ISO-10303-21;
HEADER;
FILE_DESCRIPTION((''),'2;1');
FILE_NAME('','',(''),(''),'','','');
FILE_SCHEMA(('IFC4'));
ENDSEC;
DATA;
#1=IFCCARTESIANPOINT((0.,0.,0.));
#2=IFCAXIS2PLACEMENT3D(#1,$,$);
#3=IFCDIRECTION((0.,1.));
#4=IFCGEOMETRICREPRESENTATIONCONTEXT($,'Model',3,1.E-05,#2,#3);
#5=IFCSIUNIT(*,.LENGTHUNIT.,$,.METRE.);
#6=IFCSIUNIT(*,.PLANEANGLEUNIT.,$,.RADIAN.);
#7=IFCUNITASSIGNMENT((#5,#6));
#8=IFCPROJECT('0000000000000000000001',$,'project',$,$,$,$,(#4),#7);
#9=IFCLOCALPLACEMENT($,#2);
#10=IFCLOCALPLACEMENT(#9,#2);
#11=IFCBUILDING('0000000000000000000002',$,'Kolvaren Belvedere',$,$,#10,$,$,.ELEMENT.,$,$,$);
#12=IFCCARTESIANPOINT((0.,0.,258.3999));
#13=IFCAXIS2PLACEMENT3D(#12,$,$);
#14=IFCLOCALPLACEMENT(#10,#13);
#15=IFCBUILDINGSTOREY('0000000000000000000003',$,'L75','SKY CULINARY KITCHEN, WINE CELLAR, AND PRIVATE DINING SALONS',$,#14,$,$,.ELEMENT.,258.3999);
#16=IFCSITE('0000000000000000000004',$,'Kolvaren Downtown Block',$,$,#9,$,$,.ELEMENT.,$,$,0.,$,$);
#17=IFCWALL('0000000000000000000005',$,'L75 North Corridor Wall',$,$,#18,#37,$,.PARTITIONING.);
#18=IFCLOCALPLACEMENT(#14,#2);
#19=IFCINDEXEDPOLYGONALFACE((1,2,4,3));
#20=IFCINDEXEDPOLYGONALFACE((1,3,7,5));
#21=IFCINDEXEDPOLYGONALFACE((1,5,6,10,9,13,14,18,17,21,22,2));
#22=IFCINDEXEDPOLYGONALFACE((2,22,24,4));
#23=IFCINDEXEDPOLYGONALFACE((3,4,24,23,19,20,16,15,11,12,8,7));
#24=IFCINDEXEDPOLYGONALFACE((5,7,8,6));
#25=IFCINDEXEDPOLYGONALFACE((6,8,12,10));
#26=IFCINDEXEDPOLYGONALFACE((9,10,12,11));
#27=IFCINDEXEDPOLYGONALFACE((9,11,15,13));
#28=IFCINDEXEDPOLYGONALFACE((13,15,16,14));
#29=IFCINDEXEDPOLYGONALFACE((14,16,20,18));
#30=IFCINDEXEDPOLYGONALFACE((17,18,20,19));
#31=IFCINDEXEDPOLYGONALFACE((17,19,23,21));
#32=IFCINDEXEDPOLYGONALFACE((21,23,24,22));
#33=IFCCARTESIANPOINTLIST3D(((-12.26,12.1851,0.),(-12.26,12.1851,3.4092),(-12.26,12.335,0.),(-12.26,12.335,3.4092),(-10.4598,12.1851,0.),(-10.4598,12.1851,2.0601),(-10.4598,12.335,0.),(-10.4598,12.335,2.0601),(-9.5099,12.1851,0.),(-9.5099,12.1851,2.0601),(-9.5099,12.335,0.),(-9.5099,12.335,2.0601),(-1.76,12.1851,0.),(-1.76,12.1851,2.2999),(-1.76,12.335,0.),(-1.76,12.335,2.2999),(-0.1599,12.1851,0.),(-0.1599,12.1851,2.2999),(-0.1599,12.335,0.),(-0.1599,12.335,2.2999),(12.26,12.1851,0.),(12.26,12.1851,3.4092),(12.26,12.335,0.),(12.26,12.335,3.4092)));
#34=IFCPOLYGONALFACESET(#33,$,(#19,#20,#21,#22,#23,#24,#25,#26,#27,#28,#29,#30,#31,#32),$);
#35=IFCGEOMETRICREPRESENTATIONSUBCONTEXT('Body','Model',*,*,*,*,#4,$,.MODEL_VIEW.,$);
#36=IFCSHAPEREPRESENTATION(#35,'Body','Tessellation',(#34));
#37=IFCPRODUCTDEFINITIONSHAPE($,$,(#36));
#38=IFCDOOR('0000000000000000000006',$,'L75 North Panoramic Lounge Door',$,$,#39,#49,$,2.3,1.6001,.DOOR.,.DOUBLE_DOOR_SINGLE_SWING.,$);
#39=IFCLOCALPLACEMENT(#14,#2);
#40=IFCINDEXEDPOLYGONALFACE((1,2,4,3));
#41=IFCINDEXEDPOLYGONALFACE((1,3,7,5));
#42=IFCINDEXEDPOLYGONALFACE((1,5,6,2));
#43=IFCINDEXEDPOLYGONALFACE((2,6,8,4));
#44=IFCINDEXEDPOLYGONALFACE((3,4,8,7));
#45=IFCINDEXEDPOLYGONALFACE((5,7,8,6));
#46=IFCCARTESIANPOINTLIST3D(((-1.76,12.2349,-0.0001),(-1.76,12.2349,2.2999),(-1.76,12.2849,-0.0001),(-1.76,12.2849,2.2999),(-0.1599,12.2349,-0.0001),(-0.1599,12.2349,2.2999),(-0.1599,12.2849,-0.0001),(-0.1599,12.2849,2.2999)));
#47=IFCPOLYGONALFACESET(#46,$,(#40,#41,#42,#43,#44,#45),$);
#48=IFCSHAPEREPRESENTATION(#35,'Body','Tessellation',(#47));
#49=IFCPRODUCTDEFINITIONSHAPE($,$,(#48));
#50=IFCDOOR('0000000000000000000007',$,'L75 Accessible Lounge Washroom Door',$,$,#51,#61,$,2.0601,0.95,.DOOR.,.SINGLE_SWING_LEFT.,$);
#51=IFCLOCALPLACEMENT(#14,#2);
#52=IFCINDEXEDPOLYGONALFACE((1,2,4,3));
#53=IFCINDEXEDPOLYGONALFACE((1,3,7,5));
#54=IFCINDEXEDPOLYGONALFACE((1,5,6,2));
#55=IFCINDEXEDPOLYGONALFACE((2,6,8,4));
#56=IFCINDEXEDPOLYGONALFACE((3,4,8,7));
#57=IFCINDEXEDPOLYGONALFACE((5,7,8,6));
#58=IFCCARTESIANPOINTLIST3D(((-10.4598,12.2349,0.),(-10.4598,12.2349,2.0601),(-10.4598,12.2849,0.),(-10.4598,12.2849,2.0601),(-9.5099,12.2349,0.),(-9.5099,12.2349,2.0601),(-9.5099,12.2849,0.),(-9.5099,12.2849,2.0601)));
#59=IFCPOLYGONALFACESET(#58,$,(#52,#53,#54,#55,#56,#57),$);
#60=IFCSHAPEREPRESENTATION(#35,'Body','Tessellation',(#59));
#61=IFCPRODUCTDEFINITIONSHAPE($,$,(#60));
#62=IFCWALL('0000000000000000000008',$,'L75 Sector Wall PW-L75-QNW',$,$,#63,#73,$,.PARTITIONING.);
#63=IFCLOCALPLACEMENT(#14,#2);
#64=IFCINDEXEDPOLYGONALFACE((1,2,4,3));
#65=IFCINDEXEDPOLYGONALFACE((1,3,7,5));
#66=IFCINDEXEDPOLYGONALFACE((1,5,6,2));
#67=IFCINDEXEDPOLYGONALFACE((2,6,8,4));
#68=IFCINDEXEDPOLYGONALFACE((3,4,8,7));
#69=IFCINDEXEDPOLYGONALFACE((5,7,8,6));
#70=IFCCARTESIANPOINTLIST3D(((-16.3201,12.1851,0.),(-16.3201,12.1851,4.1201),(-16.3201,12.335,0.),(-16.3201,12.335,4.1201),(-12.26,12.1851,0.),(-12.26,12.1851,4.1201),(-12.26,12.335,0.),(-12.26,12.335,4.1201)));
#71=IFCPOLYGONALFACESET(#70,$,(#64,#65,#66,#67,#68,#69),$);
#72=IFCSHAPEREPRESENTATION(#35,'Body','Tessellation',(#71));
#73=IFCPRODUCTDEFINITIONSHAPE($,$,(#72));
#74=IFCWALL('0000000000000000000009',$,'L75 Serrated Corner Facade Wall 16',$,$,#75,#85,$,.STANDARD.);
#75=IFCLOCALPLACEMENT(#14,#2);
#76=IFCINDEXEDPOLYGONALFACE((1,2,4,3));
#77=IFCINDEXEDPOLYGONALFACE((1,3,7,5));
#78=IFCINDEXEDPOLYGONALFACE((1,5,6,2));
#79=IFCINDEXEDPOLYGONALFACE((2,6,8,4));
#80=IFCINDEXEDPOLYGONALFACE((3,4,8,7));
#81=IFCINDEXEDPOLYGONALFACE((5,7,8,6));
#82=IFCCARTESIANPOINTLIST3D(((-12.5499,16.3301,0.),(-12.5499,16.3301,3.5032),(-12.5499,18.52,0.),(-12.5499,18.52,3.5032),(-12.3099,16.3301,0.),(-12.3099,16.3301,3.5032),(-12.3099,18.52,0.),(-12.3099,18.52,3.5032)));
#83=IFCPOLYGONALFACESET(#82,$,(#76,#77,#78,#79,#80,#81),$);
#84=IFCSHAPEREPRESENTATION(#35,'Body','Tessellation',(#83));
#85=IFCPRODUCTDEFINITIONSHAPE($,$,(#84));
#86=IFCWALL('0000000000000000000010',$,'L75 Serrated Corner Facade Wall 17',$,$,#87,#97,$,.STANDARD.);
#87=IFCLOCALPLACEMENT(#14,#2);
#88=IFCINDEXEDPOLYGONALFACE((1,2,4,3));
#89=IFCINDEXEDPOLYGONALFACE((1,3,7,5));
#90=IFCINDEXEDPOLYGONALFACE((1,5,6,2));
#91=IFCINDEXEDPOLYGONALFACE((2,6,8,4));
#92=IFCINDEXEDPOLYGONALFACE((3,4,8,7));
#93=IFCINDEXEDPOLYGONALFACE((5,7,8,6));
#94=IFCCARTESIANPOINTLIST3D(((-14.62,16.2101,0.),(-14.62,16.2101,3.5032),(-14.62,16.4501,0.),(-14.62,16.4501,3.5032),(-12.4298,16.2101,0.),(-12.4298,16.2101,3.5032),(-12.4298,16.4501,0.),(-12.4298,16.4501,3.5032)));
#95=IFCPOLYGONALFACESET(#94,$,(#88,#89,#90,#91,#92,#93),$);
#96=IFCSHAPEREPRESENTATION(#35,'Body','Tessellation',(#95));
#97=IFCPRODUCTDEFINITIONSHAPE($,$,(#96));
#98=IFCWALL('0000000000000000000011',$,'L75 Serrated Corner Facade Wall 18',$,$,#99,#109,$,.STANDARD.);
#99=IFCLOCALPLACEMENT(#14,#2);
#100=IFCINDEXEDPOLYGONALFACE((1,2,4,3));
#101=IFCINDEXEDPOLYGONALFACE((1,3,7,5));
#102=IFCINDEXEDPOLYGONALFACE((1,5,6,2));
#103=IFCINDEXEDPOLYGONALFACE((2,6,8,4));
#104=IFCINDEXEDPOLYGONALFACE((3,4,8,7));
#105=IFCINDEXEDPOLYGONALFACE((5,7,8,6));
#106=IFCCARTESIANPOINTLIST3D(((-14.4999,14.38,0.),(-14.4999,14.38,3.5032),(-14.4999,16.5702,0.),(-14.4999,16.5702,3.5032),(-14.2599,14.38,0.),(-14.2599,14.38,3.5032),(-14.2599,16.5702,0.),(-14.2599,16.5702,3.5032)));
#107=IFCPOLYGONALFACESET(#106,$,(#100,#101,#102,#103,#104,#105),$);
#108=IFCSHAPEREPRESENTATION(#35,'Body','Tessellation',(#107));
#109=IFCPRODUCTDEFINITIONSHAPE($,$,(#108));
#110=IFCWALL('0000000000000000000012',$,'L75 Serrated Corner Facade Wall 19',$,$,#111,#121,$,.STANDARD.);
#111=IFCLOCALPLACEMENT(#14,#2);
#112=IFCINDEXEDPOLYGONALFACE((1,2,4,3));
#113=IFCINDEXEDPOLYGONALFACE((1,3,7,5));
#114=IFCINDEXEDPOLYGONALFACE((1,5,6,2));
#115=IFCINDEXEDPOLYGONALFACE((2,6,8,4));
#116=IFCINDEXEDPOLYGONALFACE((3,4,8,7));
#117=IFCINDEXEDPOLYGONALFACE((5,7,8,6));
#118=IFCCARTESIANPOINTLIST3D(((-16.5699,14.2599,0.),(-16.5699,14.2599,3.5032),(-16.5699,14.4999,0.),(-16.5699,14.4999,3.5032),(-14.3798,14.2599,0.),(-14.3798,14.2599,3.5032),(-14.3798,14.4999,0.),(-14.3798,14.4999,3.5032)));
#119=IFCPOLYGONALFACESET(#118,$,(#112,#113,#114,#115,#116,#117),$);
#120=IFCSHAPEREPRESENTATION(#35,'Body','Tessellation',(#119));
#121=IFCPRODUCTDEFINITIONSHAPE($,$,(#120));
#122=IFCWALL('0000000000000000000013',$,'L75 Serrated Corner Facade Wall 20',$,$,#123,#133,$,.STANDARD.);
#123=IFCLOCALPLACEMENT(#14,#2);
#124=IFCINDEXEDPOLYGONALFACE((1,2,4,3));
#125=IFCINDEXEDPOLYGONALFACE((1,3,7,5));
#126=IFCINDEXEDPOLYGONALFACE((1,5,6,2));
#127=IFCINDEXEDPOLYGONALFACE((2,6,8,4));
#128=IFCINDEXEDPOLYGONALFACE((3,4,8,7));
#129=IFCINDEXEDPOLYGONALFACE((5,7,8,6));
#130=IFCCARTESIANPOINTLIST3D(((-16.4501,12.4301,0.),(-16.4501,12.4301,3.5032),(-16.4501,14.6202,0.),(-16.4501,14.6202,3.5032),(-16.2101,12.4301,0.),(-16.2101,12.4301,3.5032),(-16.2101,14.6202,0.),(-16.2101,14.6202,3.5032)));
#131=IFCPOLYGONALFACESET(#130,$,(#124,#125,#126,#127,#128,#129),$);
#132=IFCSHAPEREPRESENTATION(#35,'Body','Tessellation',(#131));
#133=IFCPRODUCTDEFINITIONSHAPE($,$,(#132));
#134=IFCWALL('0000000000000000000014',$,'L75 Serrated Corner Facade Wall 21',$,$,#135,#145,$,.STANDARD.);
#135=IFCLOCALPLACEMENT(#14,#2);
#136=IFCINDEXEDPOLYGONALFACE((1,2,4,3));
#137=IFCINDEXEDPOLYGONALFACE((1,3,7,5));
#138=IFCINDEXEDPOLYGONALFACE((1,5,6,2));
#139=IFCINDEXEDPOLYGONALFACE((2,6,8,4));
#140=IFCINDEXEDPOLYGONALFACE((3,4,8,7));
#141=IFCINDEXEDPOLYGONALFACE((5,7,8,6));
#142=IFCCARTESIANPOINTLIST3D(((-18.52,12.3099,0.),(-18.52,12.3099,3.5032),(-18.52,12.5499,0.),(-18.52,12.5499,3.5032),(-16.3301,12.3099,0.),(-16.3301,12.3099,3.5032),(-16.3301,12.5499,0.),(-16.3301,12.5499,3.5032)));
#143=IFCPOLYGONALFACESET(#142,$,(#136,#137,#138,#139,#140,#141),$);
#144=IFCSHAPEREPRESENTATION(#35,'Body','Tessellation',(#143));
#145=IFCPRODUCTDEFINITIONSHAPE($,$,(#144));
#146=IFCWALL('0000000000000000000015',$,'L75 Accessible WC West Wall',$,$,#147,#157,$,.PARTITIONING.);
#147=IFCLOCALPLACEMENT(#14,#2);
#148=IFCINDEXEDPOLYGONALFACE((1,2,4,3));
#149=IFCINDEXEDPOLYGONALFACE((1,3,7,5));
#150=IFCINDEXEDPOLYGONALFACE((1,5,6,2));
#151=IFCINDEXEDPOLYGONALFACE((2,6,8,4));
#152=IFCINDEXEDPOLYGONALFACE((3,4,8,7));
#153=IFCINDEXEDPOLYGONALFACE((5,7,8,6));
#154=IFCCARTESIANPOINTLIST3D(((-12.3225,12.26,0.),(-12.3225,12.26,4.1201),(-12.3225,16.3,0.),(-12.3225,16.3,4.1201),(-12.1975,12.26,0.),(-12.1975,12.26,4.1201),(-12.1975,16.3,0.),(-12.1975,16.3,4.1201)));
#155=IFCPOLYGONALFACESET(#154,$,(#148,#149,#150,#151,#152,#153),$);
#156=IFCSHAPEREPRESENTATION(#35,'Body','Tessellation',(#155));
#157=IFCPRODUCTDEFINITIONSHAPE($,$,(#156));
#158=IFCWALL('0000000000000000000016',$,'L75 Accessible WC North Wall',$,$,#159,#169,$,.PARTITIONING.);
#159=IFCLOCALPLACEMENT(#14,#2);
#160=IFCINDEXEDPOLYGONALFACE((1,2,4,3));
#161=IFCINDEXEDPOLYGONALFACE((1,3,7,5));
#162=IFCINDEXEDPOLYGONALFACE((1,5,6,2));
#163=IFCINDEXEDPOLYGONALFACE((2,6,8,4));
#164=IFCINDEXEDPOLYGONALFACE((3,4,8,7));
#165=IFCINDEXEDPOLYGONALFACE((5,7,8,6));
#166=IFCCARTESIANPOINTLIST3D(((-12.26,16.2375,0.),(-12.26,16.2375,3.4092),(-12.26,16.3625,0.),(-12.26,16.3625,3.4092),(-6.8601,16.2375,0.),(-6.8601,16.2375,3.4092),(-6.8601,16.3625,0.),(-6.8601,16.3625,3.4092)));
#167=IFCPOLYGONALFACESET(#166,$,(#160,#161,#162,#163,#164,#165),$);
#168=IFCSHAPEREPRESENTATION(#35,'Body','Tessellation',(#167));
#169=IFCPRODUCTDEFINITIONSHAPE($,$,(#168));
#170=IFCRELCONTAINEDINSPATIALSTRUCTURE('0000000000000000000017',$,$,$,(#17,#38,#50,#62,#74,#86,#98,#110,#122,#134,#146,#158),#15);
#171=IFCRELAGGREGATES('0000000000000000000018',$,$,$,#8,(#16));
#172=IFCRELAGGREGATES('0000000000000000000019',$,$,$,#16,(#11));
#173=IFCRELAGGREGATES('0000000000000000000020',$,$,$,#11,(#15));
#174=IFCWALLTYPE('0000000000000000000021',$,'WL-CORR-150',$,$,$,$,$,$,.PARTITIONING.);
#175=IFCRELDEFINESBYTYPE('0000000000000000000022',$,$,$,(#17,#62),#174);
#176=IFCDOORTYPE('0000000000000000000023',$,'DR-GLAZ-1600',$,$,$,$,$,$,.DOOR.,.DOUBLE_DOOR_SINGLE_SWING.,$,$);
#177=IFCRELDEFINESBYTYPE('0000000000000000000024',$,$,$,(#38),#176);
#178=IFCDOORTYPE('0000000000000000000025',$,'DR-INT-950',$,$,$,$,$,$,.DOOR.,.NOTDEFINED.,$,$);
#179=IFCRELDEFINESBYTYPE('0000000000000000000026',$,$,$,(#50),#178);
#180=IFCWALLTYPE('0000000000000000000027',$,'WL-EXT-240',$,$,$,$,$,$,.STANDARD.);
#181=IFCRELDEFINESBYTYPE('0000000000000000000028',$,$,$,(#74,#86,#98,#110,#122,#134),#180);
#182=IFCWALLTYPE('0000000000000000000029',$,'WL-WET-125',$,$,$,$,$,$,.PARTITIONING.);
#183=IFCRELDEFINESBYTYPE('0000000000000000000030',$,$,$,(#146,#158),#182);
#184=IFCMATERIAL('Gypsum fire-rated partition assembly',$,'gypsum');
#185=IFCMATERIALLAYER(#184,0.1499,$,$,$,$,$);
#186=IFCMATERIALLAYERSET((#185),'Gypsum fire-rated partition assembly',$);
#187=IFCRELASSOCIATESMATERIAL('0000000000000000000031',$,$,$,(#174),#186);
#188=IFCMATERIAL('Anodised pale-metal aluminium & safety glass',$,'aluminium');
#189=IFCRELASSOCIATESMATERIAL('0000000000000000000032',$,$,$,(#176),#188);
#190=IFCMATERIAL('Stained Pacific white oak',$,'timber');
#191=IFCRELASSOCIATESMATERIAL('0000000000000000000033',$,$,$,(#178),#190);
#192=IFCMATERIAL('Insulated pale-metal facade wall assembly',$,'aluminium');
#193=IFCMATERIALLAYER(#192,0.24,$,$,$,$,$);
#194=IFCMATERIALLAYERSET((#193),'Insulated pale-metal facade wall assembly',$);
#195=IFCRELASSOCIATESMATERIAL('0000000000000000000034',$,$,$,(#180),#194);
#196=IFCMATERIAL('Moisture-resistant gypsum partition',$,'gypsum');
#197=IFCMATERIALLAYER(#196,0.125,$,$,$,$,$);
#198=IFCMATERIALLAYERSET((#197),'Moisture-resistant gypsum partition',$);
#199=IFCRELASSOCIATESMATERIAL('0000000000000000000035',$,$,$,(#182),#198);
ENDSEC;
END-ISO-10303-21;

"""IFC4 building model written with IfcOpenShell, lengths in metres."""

from ifc_helpers import new_model, si_unit, direction, frame, frame_2d, origin, place, context, subcontext, project, spatial, rectangle, extrude, material, layer, layer_set, type_object, element, fill, save


model = new_model("IFC4")

# Units and contexts
model_context = context("Model", 3, precision=1e-05, world=origin(), true_north=direction((0.0, 1.0)))
body_context = subcontext(model_context, "Body", "Model", "MODEL_VIEW")
ifc_project = project(units=[si_unit("LENGTHUNIT", "METRE"), si_unit("PLANEANGLEUNIT", "RADIAN")], contexts=[model_context])

# Site, building, storey
site_placement = place(None, origin())
site = spatial("IfcSite", under=ifc_project, at=site_placement, Name="Kolvaren Downtown Block", CompositionType="ELEMENT", RefElevation=0.0)
building_placement = place(site_placement, origin())
building = spatial("IfcBuilding", under=site, at=building_placement, Name="Kolvaren Belvedere", CompositionType="ELEMENT")
storey_placement = place(building_placement, frame((0.0, 0.0, 258.3999)))
storey = spatial("IfcBuildingStorey", under=building, at=storey_placement, Name="L75", Description="SKY CULINARY KITCHEN, WINE CELLAR, AND PRIVATE DINING SALONS", CompositionType="ELEMENT", Elevation=258.3999)

# Wall, openings, doors
ifc_material_1 = material(Name="Gypsum fire-rated partition assembly", Category="gypsum")
ifc_layer_1 = layer(ifc_material_1, 0.1499)
ifc_layer_set_1 = layer_set([ifc_layer_1], Name="Gypsum fire-rated partition assembly")
wall_type_1 = type_object("IfcWallType", Name="WL-CORR-150", PredefinedType="PARTITIONING", material=ifc_layer_set_1)
wall_1_placement = place(storey_placement, frame((-12.26, 12.26, 0.0), z_axis=(0.0, 0.0, 1.0), x_axis=(1.0, 0.0, 0.0)))
wall_1 = element("IfcWall", 1, at=wall_1_placement, inside=storey, type_object=wall_type_1, Name="L75 North Corridor Wall", PredefinedType="PARTITIONING", context=body_context, shape_type="SweptSolid", body=[
    extrude(rectangle(XDim=24.52, YDim=0.1499, at=frame_2d((12.26, 0.0))), origin(), (0.0, 0.0, 1.0), 3.4092),
])
opening_1_placement = place(wall_1_placement, frame((1.8, 0.0, 0.0)))
opening_1 = element("IfcOpeningElement", 2, at=opening_1_placement, cuts=wall_1, PredefinedType="OPENING", context=body_context, shape_type="SweptSolid", body=[
    extrude(rectangle(XDim=0.95, YDim=2.0601, at=frame_2d((0.4751, 1.03))), frame((0.0, 0.085, 0.0), z_axis=(0.0, -1.0, 0.0), x_axis=(1.0, 0.0, 0.0)), (0.0, 0.0, 1.0), 0.1699),
])
opening_2_placement = place(wall_1_placement, frame((10.5, 0.0, 0.0)))
opening_2 = element("IfcOpeningElement", 3, at=opening_2_placement, cuts=wall_1, PredefinedType="OPENING", context=body_context, shape_type="SweptSolid", body=[
    extrude(rectangle(XDim=1.6001, YDim=2.3, at=frame_2d((0.8, 1.1499))), frame((0.0, 0.085, 0.0), z_axis=(0.0, -1.0, 0.0), x_axis=(1.0, 0.0, 0.0)), (0.0, 0.0, 1.0), 0.1699),
])
ifc_material_2 = material(Name="Anodised pale-metal aluminium & safety glass", Category="aluminium")
door_type_1 = type_object("IfcDoorType", Name="DR-GLAZ-1600", OperationType="DOUBLE_DOOR_SINGLE_SWING", PredefinedType="DOOR", material=ifc_material_2)
door_1_placement = place(opening_2_placement, origin())
door_1 = element("IfcDoor", 4, at=door_1_placement, inside=storey, type_object=door_type_1, Name="L75 North Panoramic Lounge Door", OperationType="DOUBLE_DOOR_SINGLE_SWING", OverallHeight=2.3, OverallWidth=1.6001, PredefinedType="DOOR", context=body_context, shape_type="SweptSolid", body=[
    extrude(rectangle(XDim=1.6001, YDim=2.3, at=frame_2d((0.8, 1.1499))), frame((0.0, 0.0249, 0.0), z_axis=(0.0, -1.0, 0.0), x_axis=(1.0, 0.0, 0.0)), (0.0, 0.0, 1.0), 0.05),
])
fill(opening_2, door_1)
ifc_material_3 = material(Name="Stained Pacific white oak", Category="timber")
door_type_2 = type_object("IfcDoorType", Name="DR-INT-950", OperationType="NOTDEFINED", PredefinedType="DOOR", material=ifc_material_3)
door_2_placement = place(opening_1_placement, origin())
door_2 = element("IfcDoor", 5, at=door_2_placement, inside=storey, type_object=door_type_2, Name="L75 Accessible Lounge Washroom Door", OperationType="SINGLE_SWING_LEFT", OverallHeight=2.0601, OverallWidth=0.95, PredefinedType="DOOR", context=body_context, shape_type="SweptSolid", body=[
    extrude(rectangle(XDim=0.95, YDim=2.0601, at=frame_2d((0.4751, 1.03))), frame((0.0, 0.0249, 0.0), z_axis=(0.0, -1.0, 0.0), x_axis=(1.0, 0.0, 0.0)), (0.0, 0.0, 1.0), 0.05),
])
fill(opening_1, door_2)

# Walls
wall_2_placement = place(storey_placement, frame((-16.3201, 12.26, 0.0), z_axis=(0.0, 0.0, 1.0), x_axis=(1.0, 0.0, 0.0)))
element("IfcWall", 6, at=wall_2_placement, inside=storey, type_object=wall_type_1, Name="L75 Sector Wall PW-L75-QNW", PredefinedType="PARTITIONING", context=body_context, shape_type="SweptSolid", body=[
    extrude(rectangle(XDim=4.0601, YDim=0.1499, at=frame_2d((2.03, 0.0))), origin(), (0.0, 0.0, 1.0), 4.1201),
])
ifc_material_4 = material(Name="Insulated pale-metal facade wall assembly", Category="aluminium")
ifc_layer_2 = layer(ifc_material_4, 0.24)
ifc_layer_set_2 = layer_set([ifc_layer_2], Name="Insulated pale-metal facade wall assembly")
wall_type_2 = type_object("IfcWallType", Name="WL-EXT-240", PredefinedType="STANDARD", material=ifc_layer_set_2)
wall_3_placement = place(storey_placement, frame((-12.4299, 16.3301, 0.0), z_axis=(0.0, 0.0, 1.0), x_axis=(0.0, 1.0, 0.0)))
element("IfcWall", 7, at=wall_3_placement, inside=storey, type_object=wall_type_2, Name="L75 Serrated Corner Facade Wall 16", PredefinedType="STANDARD", context=body_context, shape_type="SweptSolid", body=[
    extrude(rectangle(XDim=2.1899, YDim=0.24, at=frame_2d((1.095, 0.0))), origin(), (0.0, 0.0, 1.0), 3.5032),
])
for number, where, z_axis, x_axis, name in (
    (8, (-14.6201, 16.3301, 0.0), (0.0, 0.0, 1.0), (1.0, 0.0, 0.0), "L75 Serrated Corner Facade Wall 17"),
    (9, (-14.3799, 14.3799, 0.0), (0.0, 0.0, 1.0), (0.0, 1.0, 0.0), "L75 Serrated Corner Facade Wall 18"),
    (10, (-16.5701, 14.3799, 0.0), (0.0, 0.0, 1.0), (1.0, 0.0, 0.0), "L75 Serrated Corner Facade Wall 19"),
    (11, (-16.3301, 12.4299, 0.0), (0.0, 0.0, 1.0), (0.0, 1.0, 0.0), "L75 Serrated Corner Facade Wall 20"),
):
    element("IfcWall", number, at=place(storey_placement, frame(where, z_axis=z_axis, x_axis=x_axis)), inside=storey, type_object=wall_type_2, Name=name, PredefinedType="STANDARD", context=body_context, shape_type="SweptSolid", body=[
        extrude(rectangle(XDim=2.1902, YDim=0.24, at=frame_2d((1.0952, 0.0))), origin(), (0.0, 0.0, 1.0), 3.5032),
    ])
wall_4_placement = place(storey_placement, frame((-18.52, 12.4299, 0.0), z_axis=(0.0, 0.0, 1.0), x_axis=(1.0, 0.0, 0.0)))
element("IfcWall", 12, at=wall_4_placement, inside=storey, type_object=wall_type_2, Name="L75 Serrated Corner Facade Wall 21", PredefinedType="STANDARD", context=body_context, shape_type="SweptSolid", body=[
    extrude(rectangle(XDim=2.1899, YDim=0.24, at=frame_2d((1.095, 0.0))), origin(), (0.0, 0.0, 1.0), 3.5032),
])
ifc_material_5 = material(Name="Moisture-resistant gypsum partition", Category="gypsum")
ifc_layer_3 = layer(ifc_material_5, 0.125)
ifc_layer_set_3 = layer_set([ifc_layer_3], Name="Moisture-resistant gypsum partition")
wall_type_3 = type_object("IfcWallType", Name="WL-WET-125", PredefinedType="PARTITIONING", material=ifc_layer_set_3)
wall_5_placement = place(storey_placement, frame((-12.26, 12.26, 0.0), z_axis=(0.0, 0.0, 1.0), x_axis=(0.0, 1.0, 0.0)))
element("IfcWall", 13, at=wall_5_placement, inside=storey, type_object=wall_type_3, Name="L75 Accessible WC West Wall", PredefinedType="PARTITIONING", context=body_context, shape_type="SweptSolid", body=[
    extrude(rectangle(XDim=4.04, YDim=0.125, at=frame_2d((2.02, 0.0))), origin(), (0.0, 0.0, 1.0), 4.1201),
])
wall_6_placement = place(storey_placement, frame((-12.26, 16.3, 0.0), z_axis=(0.0, 0.0, 1.0), x_axis=(1.0, 0.0, 0.0)))
element("IfcWall", 14, at=wall_6_placement, inside=storey, type_object=wall_type_3, Name="L75 Accessible WC North Wall", PredefinedType="PARTITIONING", context=body_context, shape_type="SweptSolid", body=[
    extrude(rectangle(XDim=5.3999, YDim=0.125, at=frame_2d((2.7, 0.0))), origin(), (0.0, 0.0, 1.0), 3.4092),
])

save(model, "model.ifc")
